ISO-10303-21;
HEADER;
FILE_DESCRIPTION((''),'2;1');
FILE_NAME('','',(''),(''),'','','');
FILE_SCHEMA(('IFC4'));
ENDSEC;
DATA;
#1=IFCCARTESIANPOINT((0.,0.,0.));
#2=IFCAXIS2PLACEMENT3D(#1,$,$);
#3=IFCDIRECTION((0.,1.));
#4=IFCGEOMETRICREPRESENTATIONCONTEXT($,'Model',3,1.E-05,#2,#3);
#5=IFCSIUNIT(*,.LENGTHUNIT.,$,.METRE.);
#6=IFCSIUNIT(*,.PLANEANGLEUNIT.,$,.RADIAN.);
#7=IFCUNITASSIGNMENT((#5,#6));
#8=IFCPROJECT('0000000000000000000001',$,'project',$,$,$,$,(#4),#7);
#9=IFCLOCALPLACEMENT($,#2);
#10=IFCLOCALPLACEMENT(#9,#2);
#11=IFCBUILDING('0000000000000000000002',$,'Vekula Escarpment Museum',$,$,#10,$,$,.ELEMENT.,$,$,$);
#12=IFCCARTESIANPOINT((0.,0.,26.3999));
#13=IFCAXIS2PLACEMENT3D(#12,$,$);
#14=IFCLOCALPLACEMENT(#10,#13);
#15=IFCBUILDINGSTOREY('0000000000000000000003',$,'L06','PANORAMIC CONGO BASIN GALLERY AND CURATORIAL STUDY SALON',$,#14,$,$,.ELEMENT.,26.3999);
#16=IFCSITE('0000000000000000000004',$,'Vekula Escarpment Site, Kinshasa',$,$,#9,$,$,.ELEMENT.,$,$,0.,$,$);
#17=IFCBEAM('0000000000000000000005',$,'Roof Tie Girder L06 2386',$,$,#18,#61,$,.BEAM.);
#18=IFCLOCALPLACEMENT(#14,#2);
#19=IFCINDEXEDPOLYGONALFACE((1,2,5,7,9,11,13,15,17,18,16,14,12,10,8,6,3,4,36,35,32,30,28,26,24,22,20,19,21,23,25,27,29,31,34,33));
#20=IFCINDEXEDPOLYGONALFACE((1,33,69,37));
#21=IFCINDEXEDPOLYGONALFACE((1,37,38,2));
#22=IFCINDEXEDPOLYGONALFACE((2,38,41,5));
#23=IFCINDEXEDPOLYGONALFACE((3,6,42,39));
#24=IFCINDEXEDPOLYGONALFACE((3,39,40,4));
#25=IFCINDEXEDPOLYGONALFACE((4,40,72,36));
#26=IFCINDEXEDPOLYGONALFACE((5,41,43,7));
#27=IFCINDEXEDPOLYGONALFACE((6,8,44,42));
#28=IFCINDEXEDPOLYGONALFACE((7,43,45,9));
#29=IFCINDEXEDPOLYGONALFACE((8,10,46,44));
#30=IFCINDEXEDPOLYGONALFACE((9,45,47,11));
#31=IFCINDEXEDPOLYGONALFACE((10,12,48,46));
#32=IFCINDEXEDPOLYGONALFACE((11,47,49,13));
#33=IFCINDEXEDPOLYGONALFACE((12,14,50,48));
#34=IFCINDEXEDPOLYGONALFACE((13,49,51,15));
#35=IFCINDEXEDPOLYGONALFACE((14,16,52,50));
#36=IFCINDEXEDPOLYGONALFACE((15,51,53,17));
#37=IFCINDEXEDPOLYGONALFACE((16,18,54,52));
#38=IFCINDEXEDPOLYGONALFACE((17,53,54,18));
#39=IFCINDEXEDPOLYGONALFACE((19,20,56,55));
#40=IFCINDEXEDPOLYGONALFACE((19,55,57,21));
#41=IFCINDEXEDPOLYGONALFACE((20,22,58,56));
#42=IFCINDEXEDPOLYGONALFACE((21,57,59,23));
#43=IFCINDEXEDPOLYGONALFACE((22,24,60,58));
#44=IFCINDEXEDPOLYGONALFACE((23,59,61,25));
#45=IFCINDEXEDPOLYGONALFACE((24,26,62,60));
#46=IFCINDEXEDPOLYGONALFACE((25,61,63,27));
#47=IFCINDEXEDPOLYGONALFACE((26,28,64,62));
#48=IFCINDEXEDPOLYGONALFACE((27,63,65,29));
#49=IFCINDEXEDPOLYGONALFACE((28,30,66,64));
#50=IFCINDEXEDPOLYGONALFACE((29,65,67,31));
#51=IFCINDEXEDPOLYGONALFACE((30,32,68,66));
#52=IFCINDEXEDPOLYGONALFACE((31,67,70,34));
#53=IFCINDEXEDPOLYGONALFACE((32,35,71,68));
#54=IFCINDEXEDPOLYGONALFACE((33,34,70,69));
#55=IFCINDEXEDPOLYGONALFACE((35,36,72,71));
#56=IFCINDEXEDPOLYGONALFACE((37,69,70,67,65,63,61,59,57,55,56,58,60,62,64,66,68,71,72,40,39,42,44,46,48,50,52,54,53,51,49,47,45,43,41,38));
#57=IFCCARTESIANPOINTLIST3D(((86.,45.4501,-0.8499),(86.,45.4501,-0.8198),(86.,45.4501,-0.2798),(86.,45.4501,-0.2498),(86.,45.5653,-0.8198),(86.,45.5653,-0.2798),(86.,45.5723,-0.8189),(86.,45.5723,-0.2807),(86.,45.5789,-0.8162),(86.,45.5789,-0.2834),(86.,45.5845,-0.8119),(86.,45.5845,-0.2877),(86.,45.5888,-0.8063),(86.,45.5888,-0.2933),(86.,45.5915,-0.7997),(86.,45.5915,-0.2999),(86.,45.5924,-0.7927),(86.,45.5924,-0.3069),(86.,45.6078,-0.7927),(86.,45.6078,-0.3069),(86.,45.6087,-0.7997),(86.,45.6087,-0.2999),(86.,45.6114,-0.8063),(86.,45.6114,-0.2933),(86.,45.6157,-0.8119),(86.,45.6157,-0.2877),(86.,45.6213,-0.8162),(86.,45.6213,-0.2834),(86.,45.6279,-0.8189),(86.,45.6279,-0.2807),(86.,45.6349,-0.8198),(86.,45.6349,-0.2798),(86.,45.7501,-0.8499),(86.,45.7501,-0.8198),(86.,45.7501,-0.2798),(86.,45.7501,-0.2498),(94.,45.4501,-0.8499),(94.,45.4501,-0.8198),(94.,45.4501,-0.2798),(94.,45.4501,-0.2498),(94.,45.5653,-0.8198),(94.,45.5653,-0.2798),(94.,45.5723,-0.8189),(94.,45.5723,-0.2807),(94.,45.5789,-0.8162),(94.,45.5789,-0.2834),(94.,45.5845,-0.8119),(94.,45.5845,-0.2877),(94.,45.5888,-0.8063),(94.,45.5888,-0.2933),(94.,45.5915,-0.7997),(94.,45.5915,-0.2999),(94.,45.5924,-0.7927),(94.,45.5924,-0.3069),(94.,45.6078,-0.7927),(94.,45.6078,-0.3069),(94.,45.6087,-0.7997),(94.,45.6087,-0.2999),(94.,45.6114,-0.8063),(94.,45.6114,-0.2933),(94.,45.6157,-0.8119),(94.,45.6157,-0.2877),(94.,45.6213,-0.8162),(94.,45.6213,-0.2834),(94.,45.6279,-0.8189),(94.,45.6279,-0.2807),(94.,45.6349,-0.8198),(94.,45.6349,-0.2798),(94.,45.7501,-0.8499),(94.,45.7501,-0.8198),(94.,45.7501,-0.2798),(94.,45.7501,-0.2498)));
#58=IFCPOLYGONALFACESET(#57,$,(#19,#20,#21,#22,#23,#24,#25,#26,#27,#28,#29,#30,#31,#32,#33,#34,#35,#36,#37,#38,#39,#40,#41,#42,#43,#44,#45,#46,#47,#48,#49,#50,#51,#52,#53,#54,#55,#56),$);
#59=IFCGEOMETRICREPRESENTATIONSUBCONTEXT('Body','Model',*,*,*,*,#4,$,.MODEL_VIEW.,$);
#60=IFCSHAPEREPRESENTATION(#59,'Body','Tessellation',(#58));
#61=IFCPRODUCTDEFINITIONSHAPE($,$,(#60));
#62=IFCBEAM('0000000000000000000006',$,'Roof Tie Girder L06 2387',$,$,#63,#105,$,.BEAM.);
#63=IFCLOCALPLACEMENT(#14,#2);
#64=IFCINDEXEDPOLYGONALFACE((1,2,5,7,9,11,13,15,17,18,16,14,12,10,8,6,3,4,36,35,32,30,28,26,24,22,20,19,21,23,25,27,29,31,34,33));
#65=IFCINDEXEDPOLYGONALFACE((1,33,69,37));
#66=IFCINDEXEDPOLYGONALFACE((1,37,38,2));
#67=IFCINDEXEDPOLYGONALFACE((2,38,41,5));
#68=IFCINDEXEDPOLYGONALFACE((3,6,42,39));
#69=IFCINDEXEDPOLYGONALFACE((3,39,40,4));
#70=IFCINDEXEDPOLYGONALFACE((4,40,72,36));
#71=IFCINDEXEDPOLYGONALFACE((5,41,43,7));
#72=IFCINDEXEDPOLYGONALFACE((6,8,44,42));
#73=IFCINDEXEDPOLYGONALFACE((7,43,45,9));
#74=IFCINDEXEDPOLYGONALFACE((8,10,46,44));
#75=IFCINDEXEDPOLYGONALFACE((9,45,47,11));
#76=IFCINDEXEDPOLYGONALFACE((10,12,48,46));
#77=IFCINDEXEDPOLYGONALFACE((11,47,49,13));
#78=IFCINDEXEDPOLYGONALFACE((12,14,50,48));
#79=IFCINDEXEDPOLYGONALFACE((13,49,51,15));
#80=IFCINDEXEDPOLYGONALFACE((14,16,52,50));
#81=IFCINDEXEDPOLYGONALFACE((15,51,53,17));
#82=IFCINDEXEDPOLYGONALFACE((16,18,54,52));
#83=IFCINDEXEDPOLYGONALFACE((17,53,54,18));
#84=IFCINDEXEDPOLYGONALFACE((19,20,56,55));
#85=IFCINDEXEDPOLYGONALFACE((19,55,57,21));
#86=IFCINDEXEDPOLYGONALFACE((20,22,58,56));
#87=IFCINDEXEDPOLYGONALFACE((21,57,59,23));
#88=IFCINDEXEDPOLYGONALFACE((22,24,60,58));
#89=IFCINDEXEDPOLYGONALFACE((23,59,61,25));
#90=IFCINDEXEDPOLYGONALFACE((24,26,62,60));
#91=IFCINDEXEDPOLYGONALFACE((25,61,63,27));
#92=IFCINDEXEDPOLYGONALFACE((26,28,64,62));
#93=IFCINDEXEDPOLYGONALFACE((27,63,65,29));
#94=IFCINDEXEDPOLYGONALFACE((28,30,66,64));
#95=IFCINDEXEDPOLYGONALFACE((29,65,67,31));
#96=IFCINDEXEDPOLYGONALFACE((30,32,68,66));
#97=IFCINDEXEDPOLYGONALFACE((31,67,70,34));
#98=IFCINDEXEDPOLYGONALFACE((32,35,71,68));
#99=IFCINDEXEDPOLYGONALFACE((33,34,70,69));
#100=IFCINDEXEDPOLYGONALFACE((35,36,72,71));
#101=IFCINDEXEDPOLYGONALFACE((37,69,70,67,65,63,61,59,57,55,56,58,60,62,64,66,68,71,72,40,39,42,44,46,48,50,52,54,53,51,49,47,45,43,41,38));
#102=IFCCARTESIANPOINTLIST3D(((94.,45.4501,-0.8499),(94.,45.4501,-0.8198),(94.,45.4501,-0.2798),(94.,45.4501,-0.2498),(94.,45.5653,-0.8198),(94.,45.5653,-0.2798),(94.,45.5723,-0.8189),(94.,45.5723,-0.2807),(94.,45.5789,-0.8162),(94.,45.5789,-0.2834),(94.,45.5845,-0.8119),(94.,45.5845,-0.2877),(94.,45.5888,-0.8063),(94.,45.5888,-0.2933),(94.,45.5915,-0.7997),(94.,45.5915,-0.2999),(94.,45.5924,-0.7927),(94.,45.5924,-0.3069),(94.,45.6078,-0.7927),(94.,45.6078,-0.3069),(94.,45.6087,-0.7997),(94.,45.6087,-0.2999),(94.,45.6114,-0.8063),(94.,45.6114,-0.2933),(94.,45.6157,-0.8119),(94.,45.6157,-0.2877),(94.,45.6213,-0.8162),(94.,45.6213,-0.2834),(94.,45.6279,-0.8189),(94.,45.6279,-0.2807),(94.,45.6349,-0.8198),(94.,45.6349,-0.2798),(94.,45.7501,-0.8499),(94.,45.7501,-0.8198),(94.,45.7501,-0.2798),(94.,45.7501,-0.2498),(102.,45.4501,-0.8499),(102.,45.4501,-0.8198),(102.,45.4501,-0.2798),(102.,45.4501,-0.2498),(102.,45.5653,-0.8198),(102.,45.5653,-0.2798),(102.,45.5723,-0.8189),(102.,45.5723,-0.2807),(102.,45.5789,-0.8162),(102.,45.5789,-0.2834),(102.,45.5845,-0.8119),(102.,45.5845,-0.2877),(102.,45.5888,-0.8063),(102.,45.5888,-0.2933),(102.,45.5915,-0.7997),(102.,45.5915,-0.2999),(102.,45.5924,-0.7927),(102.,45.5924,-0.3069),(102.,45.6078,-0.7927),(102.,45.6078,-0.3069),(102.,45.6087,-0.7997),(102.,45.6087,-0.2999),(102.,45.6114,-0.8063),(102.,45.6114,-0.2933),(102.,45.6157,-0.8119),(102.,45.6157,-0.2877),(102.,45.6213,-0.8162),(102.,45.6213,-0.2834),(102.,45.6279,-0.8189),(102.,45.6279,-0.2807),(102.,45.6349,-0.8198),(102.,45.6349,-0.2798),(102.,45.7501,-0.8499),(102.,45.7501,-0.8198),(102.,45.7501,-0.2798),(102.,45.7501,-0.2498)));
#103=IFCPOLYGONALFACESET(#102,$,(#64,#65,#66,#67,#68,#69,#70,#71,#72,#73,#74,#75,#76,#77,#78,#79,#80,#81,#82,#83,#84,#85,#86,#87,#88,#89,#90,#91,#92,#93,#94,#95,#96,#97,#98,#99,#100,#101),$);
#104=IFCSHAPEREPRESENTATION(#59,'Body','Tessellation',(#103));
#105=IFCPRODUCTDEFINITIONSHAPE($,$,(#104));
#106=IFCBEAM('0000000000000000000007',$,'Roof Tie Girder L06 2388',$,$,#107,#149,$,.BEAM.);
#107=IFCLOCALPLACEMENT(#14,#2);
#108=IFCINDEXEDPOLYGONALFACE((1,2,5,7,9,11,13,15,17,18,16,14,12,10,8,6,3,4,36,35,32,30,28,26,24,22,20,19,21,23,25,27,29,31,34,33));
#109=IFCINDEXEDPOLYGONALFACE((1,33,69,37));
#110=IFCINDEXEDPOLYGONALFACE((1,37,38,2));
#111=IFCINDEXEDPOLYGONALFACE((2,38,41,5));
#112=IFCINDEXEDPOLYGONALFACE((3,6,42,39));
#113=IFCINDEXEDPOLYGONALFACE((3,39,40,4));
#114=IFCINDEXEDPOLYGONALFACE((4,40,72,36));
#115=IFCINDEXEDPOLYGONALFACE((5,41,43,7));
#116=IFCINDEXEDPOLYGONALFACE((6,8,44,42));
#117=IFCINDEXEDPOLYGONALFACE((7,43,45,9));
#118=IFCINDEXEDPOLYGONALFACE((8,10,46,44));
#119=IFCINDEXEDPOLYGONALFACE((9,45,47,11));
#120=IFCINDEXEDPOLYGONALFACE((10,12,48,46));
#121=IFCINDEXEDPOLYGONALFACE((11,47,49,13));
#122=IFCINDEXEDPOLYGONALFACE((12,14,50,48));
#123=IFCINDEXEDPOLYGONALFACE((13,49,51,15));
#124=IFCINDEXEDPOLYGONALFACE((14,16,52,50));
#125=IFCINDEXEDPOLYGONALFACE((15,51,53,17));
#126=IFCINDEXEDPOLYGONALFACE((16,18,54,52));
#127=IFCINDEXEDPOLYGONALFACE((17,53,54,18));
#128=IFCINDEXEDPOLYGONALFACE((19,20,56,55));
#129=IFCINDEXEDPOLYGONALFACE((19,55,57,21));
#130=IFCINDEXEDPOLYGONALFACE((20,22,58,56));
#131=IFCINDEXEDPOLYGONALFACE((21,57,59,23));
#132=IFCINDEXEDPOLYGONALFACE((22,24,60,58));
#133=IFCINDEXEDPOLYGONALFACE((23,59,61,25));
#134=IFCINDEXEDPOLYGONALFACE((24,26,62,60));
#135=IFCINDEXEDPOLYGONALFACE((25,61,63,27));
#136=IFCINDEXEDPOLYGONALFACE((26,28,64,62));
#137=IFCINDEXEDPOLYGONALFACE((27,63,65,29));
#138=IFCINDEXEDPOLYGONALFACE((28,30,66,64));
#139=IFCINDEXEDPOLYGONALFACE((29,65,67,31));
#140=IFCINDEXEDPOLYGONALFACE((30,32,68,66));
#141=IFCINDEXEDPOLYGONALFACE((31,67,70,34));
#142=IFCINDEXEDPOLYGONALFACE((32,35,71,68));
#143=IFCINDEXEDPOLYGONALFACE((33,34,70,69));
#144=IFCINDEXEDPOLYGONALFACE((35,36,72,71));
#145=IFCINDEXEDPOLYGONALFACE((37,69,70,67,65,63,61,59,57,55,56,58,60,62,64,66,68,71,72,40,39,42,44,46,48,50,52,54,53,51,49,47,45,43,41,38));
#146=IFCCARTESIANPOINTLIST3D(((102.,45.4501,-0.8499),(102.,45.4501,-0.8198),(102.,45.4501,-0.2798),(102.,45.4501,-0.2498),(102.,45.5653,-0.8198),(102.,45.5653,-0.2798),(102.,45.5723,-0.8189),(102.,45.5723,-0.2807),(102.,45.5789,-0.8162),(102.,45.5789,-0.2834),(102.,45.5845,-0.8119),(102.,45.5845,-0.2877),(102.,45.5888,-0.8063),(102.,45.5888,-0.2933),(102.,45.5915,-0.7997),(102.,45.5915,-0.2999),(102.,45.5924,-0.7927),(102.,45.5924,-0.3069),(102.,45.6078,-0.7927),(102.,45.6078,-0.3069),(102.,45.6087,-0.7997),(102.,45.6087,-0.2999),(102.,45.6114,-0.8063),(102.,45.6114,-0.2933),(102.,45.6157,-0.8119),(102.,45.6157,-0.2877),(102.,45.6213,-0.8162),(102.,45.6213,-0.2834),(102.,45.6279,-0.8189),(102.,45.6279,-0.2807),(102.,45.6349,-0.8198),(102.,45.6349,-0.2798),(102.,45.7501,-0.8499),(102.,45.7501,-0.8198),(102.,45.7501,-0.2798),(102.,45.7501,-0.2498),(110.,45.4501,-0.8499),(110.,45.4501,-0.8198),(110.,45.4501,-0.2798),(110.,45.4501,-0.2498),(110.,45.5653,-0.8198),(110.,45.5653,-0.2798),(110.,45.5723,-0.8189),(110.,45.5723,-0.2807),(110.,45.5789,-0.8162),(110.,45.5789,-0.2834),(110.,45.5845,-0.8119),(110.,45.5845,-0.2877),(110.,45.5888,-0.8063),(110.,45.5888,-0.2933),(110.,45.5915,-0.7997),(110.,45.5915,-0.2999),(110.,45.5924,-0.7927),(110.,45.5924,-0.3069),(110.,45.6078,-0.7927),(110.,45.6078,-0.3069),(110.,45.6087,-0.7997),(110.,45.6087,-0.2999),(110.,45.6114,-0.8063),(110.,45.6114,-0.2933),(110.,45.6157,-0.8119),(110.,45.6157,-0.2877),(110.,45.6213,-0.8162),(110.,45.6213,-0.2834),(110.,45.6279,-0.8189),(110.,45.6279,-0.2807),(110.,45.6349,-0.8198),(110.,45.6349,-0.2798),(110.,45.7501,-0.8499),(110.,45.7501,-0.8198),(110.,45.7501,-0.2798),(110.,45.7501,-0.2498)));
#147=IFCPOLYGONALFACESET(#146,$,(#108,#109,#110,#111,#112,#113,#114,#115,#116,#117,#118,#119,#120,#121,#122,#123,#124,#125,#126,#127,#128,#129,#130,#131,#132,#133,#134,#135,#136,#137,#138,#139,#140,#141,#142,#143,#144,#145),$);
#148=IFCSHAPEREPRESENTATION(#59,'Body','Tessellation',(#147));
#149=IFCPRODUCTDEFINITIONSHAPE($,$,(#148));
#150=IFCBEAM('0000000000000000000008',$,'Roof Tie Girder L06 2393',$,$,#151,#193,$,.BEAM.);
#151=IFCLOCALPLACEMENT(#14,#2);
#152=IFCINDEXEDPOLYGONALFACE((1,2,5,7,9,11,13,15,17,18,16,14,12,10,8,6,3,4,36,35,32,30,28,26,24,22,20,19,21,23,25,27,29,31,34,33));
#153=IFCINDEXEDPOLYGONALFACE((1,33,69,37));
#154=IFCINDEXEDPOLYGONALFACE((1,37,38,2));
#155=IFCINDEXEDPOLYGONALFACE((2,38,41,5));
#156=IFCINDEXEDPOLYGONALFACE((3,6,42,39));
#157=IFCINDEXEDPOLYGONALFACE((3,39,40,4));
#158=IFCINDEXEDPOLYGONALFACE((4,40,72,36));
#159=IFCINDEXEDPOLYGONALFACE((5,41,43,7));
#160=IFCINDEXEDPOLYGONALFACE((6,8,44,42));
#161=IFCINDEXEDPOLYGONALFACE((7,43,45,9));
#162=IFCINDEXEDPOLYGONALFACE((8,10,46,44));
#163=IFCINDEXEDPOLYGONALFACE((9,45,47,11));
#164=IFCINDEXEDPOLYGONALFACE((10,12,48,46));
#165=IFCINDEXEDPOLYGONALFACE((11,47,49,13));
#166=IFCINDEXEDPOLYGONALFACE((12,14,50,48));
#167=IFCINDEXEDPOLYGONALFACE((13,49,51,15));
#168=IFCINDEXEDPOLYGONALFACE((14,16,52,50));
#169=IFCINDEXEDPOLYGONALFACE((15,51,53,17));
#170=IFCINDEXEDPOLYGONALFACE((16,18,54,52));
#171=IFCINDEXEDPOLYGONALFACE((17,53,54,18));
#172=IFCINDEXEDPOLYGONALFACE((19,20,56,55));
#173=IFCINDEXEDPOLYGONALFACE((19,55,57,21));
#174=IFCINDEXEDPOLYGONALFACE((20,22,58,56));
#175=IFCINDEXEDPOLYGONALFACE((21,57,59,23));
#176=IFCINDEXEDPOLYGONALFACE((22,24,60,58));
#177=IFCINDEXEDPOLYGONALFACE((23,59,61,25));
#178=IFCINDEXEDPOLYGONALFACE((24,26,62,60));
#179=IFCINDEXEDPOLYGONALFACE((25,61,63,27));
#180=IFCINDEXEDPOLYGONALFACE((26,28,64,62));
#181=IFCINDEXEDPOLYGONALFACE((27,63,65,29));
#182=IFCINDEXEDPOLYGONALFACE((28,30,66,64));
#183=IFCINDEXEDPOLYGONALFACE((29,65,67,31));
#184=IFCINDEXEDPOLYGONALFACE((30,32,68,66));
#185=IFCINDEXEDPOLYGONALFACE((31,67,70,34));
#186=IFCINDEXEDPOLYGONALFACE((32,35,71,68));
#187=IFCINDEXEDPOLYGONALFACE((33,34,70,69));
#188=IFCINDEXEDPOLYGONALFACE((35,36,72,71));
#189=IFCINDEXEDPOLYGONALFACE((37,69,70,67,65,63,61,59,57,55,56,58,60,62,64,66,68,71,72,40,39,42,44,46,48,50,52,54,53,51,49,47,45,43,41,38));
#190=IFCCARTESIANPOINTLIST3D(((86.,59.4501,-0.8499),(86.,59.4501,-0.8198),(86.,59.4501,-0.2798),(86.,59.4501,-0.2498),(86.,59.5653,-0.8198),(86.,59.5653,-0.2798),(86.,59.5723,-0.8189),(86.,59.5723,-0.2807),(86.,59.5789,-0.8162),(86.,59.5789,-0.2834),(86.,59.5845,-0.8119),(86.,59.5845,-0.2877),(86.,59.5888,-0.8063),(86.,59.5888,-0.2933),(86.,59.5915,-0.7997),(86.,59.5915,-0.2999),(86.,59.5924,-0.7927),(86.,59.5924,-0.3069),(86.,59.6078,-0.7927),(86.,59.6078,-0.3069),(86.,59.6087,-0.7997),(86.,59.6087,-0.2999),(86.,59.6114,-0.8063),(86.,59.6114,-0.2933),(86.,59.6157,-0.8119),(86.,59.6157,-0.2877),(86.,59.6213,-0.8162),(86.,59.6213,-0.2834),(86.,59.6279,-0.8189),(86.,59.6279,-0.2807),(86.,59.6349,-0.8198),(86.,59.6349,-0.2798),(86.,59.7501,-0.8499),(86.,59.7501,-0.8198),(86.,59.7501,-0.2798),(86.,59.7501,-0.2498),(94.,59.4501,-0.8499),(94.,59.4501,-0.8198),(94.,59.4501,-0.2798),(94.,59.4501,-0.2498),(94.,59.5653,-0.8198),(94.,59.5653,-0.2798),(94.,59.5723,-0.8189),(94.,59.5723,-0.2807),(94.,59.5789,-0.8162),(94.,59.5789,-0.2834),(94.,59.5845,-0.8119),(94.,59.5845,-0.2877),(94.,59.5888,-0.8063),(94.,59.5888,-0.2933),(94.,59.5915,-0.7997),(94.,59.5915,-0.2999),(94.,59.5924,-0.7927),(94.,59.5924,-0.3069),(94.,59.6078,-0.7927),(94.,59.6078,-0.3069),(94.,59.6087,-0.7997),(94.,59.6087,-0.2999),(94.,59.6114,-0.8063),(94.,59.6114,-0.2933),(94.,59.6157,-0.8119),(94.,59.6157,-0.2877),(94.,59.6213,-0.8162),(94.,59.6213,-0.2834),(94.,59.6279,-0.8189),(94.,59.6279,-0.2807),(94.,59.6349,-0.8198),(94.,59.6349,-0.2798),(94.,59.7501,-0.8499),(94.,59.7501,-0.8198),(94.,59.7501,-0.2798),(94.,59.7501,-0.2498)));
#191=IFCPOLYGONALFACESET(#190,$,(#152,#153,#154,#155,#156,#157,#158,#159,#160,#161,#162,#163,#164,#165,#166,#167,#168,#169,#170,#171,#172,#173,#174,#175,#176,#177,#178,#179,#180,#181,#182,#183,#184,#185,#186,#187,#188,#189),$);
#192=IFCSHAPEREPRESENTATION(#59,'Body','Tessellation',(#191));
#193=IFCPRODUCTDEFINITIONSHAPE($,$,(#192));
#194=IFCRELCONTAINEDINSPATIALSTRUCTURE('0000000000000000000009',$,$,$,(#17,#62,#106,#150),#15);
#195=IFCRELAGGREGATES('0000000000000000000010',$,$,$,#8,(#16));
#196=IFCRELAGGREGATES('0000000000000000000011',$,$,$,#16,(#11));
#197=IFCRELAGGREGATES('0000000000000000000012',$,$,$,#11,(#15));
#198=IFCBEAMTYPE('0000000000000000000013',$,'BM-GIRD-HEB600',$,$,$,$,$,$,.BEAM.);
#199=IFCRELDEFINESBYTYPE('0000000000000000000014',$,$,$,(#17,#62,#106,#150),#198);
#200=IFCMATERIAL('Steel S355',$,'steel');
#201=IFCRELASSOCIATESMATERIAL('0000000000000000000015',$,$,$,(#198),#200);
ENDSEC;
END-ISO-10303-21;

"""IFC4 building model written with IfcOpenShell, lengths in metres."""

from ifc_helpers import new_model, si_unit, direction, frame, origin, origin_2d, place, context, subcontext, project, spatial, i_section, extrude, material, material_profile, profile_set, type_object, element, save


model = new_model("IFC4")

# Units and contexts
model_context = context("Model", 3, precision=1e-05, world=origin(), true_north=direction((0.0, 1.0)))
body_context = subcontext(model_context, "Body", "Model", "MODEL_VIEW")
ifc_project = project(units=[si_unit("LENGTHUNIT", "METRE"), si_unit("PLANEANGLEUNIT", "RADIAN")], contexts=[model_context])

# Site, building, storey
site_placement = place(None, origin())
site = spatial("IfcSite", under=ifc_project, at=site_placement, Name="Vekula Escarpment Site, Kinshasa", CompositionType="ELEMENT", RefElevation=0.0)
building_placement = place(site_placement, origin())
building = spatial("IfcBuilding", under=site, at=building_placement, Name="Vekula Escarpment Museum", CompositionType="ELEMENT")
storey_placement = place(building_placement, frame((0.0, 0.0, 26.3999)))
storey = spatial("IfcBuildingStorey", under=building, at=storey_placement, Name="L06", Description="PANORAMIC CONGO BASIN GALLERY AND CURATORIAL STUDY SALON", CompositionType="ELEMENT", Elevation=26.3999)

# Beams
ifc_material_1 = material(Name="Steel S355", Category="steel")
ifc_material_profile_1 = material_profile(ifc_material_1, i_section(OverallWidth=0.3, OverallDepth=0.6001, WebThickness=0.0154, FlangeThickness=0.03, FilletRadius=0.0271, at=origin_2d()), Name="HEB 600")
ifc_profile_set_1 = profile_set([ifc_material_profile_1], Name="Steel S355")
beam_type = type_object("IfcBeamType", Name="BM-GIRD-HEB600", PredefinedType="BEAM", material=ifc_profile_set_1)
for number, where, z_axis, x_axis, name in (
    (1, (86.0, 45.6001, -0.5498), (1.0, 0.0, 0.0), (0.0, 1.0, 0.0), "Roof Tie Girder L06 2386"),
    (2, (94.0, 45.6001, -0.5498), (1.0, 0.0, 0.0), (0.0, 1.0, 0.0), "Roof Tie Girder L06 2387"),
    (3, (102.0, 45.6001, -0.5498), (1.0, 0.0, 0.0), (0.0, 1.0, 0.0), "Roof Tie Girder L06 2388"),
    (4, (86.0, 59.6001, -0.5498), (1.0, 0.0, 0.0), (0.0, 1.0, 0.0), "Roof Tie Girder L06 2393"),
):
    element("IfcBeam", number, at=place(storey_placement, frame(where, z_axis=z_axis, x_axis=x_axis)), inside=storey, type_object=beam_type, Name=name, PredefinedType="BEAM", context=body_context, shape_type="SweptSolid", body=[
        extrude(i_section(OverallWidth=0.3, OverallDepth=0.6001, WebThickness=0.0154, FlangeThickness=0.03, FilletRadius=0.0271, at=origin_2d()), origin(), (0.0, 0.0, 1.0), 8.0),
    ])

save(model, "model.ifc")
